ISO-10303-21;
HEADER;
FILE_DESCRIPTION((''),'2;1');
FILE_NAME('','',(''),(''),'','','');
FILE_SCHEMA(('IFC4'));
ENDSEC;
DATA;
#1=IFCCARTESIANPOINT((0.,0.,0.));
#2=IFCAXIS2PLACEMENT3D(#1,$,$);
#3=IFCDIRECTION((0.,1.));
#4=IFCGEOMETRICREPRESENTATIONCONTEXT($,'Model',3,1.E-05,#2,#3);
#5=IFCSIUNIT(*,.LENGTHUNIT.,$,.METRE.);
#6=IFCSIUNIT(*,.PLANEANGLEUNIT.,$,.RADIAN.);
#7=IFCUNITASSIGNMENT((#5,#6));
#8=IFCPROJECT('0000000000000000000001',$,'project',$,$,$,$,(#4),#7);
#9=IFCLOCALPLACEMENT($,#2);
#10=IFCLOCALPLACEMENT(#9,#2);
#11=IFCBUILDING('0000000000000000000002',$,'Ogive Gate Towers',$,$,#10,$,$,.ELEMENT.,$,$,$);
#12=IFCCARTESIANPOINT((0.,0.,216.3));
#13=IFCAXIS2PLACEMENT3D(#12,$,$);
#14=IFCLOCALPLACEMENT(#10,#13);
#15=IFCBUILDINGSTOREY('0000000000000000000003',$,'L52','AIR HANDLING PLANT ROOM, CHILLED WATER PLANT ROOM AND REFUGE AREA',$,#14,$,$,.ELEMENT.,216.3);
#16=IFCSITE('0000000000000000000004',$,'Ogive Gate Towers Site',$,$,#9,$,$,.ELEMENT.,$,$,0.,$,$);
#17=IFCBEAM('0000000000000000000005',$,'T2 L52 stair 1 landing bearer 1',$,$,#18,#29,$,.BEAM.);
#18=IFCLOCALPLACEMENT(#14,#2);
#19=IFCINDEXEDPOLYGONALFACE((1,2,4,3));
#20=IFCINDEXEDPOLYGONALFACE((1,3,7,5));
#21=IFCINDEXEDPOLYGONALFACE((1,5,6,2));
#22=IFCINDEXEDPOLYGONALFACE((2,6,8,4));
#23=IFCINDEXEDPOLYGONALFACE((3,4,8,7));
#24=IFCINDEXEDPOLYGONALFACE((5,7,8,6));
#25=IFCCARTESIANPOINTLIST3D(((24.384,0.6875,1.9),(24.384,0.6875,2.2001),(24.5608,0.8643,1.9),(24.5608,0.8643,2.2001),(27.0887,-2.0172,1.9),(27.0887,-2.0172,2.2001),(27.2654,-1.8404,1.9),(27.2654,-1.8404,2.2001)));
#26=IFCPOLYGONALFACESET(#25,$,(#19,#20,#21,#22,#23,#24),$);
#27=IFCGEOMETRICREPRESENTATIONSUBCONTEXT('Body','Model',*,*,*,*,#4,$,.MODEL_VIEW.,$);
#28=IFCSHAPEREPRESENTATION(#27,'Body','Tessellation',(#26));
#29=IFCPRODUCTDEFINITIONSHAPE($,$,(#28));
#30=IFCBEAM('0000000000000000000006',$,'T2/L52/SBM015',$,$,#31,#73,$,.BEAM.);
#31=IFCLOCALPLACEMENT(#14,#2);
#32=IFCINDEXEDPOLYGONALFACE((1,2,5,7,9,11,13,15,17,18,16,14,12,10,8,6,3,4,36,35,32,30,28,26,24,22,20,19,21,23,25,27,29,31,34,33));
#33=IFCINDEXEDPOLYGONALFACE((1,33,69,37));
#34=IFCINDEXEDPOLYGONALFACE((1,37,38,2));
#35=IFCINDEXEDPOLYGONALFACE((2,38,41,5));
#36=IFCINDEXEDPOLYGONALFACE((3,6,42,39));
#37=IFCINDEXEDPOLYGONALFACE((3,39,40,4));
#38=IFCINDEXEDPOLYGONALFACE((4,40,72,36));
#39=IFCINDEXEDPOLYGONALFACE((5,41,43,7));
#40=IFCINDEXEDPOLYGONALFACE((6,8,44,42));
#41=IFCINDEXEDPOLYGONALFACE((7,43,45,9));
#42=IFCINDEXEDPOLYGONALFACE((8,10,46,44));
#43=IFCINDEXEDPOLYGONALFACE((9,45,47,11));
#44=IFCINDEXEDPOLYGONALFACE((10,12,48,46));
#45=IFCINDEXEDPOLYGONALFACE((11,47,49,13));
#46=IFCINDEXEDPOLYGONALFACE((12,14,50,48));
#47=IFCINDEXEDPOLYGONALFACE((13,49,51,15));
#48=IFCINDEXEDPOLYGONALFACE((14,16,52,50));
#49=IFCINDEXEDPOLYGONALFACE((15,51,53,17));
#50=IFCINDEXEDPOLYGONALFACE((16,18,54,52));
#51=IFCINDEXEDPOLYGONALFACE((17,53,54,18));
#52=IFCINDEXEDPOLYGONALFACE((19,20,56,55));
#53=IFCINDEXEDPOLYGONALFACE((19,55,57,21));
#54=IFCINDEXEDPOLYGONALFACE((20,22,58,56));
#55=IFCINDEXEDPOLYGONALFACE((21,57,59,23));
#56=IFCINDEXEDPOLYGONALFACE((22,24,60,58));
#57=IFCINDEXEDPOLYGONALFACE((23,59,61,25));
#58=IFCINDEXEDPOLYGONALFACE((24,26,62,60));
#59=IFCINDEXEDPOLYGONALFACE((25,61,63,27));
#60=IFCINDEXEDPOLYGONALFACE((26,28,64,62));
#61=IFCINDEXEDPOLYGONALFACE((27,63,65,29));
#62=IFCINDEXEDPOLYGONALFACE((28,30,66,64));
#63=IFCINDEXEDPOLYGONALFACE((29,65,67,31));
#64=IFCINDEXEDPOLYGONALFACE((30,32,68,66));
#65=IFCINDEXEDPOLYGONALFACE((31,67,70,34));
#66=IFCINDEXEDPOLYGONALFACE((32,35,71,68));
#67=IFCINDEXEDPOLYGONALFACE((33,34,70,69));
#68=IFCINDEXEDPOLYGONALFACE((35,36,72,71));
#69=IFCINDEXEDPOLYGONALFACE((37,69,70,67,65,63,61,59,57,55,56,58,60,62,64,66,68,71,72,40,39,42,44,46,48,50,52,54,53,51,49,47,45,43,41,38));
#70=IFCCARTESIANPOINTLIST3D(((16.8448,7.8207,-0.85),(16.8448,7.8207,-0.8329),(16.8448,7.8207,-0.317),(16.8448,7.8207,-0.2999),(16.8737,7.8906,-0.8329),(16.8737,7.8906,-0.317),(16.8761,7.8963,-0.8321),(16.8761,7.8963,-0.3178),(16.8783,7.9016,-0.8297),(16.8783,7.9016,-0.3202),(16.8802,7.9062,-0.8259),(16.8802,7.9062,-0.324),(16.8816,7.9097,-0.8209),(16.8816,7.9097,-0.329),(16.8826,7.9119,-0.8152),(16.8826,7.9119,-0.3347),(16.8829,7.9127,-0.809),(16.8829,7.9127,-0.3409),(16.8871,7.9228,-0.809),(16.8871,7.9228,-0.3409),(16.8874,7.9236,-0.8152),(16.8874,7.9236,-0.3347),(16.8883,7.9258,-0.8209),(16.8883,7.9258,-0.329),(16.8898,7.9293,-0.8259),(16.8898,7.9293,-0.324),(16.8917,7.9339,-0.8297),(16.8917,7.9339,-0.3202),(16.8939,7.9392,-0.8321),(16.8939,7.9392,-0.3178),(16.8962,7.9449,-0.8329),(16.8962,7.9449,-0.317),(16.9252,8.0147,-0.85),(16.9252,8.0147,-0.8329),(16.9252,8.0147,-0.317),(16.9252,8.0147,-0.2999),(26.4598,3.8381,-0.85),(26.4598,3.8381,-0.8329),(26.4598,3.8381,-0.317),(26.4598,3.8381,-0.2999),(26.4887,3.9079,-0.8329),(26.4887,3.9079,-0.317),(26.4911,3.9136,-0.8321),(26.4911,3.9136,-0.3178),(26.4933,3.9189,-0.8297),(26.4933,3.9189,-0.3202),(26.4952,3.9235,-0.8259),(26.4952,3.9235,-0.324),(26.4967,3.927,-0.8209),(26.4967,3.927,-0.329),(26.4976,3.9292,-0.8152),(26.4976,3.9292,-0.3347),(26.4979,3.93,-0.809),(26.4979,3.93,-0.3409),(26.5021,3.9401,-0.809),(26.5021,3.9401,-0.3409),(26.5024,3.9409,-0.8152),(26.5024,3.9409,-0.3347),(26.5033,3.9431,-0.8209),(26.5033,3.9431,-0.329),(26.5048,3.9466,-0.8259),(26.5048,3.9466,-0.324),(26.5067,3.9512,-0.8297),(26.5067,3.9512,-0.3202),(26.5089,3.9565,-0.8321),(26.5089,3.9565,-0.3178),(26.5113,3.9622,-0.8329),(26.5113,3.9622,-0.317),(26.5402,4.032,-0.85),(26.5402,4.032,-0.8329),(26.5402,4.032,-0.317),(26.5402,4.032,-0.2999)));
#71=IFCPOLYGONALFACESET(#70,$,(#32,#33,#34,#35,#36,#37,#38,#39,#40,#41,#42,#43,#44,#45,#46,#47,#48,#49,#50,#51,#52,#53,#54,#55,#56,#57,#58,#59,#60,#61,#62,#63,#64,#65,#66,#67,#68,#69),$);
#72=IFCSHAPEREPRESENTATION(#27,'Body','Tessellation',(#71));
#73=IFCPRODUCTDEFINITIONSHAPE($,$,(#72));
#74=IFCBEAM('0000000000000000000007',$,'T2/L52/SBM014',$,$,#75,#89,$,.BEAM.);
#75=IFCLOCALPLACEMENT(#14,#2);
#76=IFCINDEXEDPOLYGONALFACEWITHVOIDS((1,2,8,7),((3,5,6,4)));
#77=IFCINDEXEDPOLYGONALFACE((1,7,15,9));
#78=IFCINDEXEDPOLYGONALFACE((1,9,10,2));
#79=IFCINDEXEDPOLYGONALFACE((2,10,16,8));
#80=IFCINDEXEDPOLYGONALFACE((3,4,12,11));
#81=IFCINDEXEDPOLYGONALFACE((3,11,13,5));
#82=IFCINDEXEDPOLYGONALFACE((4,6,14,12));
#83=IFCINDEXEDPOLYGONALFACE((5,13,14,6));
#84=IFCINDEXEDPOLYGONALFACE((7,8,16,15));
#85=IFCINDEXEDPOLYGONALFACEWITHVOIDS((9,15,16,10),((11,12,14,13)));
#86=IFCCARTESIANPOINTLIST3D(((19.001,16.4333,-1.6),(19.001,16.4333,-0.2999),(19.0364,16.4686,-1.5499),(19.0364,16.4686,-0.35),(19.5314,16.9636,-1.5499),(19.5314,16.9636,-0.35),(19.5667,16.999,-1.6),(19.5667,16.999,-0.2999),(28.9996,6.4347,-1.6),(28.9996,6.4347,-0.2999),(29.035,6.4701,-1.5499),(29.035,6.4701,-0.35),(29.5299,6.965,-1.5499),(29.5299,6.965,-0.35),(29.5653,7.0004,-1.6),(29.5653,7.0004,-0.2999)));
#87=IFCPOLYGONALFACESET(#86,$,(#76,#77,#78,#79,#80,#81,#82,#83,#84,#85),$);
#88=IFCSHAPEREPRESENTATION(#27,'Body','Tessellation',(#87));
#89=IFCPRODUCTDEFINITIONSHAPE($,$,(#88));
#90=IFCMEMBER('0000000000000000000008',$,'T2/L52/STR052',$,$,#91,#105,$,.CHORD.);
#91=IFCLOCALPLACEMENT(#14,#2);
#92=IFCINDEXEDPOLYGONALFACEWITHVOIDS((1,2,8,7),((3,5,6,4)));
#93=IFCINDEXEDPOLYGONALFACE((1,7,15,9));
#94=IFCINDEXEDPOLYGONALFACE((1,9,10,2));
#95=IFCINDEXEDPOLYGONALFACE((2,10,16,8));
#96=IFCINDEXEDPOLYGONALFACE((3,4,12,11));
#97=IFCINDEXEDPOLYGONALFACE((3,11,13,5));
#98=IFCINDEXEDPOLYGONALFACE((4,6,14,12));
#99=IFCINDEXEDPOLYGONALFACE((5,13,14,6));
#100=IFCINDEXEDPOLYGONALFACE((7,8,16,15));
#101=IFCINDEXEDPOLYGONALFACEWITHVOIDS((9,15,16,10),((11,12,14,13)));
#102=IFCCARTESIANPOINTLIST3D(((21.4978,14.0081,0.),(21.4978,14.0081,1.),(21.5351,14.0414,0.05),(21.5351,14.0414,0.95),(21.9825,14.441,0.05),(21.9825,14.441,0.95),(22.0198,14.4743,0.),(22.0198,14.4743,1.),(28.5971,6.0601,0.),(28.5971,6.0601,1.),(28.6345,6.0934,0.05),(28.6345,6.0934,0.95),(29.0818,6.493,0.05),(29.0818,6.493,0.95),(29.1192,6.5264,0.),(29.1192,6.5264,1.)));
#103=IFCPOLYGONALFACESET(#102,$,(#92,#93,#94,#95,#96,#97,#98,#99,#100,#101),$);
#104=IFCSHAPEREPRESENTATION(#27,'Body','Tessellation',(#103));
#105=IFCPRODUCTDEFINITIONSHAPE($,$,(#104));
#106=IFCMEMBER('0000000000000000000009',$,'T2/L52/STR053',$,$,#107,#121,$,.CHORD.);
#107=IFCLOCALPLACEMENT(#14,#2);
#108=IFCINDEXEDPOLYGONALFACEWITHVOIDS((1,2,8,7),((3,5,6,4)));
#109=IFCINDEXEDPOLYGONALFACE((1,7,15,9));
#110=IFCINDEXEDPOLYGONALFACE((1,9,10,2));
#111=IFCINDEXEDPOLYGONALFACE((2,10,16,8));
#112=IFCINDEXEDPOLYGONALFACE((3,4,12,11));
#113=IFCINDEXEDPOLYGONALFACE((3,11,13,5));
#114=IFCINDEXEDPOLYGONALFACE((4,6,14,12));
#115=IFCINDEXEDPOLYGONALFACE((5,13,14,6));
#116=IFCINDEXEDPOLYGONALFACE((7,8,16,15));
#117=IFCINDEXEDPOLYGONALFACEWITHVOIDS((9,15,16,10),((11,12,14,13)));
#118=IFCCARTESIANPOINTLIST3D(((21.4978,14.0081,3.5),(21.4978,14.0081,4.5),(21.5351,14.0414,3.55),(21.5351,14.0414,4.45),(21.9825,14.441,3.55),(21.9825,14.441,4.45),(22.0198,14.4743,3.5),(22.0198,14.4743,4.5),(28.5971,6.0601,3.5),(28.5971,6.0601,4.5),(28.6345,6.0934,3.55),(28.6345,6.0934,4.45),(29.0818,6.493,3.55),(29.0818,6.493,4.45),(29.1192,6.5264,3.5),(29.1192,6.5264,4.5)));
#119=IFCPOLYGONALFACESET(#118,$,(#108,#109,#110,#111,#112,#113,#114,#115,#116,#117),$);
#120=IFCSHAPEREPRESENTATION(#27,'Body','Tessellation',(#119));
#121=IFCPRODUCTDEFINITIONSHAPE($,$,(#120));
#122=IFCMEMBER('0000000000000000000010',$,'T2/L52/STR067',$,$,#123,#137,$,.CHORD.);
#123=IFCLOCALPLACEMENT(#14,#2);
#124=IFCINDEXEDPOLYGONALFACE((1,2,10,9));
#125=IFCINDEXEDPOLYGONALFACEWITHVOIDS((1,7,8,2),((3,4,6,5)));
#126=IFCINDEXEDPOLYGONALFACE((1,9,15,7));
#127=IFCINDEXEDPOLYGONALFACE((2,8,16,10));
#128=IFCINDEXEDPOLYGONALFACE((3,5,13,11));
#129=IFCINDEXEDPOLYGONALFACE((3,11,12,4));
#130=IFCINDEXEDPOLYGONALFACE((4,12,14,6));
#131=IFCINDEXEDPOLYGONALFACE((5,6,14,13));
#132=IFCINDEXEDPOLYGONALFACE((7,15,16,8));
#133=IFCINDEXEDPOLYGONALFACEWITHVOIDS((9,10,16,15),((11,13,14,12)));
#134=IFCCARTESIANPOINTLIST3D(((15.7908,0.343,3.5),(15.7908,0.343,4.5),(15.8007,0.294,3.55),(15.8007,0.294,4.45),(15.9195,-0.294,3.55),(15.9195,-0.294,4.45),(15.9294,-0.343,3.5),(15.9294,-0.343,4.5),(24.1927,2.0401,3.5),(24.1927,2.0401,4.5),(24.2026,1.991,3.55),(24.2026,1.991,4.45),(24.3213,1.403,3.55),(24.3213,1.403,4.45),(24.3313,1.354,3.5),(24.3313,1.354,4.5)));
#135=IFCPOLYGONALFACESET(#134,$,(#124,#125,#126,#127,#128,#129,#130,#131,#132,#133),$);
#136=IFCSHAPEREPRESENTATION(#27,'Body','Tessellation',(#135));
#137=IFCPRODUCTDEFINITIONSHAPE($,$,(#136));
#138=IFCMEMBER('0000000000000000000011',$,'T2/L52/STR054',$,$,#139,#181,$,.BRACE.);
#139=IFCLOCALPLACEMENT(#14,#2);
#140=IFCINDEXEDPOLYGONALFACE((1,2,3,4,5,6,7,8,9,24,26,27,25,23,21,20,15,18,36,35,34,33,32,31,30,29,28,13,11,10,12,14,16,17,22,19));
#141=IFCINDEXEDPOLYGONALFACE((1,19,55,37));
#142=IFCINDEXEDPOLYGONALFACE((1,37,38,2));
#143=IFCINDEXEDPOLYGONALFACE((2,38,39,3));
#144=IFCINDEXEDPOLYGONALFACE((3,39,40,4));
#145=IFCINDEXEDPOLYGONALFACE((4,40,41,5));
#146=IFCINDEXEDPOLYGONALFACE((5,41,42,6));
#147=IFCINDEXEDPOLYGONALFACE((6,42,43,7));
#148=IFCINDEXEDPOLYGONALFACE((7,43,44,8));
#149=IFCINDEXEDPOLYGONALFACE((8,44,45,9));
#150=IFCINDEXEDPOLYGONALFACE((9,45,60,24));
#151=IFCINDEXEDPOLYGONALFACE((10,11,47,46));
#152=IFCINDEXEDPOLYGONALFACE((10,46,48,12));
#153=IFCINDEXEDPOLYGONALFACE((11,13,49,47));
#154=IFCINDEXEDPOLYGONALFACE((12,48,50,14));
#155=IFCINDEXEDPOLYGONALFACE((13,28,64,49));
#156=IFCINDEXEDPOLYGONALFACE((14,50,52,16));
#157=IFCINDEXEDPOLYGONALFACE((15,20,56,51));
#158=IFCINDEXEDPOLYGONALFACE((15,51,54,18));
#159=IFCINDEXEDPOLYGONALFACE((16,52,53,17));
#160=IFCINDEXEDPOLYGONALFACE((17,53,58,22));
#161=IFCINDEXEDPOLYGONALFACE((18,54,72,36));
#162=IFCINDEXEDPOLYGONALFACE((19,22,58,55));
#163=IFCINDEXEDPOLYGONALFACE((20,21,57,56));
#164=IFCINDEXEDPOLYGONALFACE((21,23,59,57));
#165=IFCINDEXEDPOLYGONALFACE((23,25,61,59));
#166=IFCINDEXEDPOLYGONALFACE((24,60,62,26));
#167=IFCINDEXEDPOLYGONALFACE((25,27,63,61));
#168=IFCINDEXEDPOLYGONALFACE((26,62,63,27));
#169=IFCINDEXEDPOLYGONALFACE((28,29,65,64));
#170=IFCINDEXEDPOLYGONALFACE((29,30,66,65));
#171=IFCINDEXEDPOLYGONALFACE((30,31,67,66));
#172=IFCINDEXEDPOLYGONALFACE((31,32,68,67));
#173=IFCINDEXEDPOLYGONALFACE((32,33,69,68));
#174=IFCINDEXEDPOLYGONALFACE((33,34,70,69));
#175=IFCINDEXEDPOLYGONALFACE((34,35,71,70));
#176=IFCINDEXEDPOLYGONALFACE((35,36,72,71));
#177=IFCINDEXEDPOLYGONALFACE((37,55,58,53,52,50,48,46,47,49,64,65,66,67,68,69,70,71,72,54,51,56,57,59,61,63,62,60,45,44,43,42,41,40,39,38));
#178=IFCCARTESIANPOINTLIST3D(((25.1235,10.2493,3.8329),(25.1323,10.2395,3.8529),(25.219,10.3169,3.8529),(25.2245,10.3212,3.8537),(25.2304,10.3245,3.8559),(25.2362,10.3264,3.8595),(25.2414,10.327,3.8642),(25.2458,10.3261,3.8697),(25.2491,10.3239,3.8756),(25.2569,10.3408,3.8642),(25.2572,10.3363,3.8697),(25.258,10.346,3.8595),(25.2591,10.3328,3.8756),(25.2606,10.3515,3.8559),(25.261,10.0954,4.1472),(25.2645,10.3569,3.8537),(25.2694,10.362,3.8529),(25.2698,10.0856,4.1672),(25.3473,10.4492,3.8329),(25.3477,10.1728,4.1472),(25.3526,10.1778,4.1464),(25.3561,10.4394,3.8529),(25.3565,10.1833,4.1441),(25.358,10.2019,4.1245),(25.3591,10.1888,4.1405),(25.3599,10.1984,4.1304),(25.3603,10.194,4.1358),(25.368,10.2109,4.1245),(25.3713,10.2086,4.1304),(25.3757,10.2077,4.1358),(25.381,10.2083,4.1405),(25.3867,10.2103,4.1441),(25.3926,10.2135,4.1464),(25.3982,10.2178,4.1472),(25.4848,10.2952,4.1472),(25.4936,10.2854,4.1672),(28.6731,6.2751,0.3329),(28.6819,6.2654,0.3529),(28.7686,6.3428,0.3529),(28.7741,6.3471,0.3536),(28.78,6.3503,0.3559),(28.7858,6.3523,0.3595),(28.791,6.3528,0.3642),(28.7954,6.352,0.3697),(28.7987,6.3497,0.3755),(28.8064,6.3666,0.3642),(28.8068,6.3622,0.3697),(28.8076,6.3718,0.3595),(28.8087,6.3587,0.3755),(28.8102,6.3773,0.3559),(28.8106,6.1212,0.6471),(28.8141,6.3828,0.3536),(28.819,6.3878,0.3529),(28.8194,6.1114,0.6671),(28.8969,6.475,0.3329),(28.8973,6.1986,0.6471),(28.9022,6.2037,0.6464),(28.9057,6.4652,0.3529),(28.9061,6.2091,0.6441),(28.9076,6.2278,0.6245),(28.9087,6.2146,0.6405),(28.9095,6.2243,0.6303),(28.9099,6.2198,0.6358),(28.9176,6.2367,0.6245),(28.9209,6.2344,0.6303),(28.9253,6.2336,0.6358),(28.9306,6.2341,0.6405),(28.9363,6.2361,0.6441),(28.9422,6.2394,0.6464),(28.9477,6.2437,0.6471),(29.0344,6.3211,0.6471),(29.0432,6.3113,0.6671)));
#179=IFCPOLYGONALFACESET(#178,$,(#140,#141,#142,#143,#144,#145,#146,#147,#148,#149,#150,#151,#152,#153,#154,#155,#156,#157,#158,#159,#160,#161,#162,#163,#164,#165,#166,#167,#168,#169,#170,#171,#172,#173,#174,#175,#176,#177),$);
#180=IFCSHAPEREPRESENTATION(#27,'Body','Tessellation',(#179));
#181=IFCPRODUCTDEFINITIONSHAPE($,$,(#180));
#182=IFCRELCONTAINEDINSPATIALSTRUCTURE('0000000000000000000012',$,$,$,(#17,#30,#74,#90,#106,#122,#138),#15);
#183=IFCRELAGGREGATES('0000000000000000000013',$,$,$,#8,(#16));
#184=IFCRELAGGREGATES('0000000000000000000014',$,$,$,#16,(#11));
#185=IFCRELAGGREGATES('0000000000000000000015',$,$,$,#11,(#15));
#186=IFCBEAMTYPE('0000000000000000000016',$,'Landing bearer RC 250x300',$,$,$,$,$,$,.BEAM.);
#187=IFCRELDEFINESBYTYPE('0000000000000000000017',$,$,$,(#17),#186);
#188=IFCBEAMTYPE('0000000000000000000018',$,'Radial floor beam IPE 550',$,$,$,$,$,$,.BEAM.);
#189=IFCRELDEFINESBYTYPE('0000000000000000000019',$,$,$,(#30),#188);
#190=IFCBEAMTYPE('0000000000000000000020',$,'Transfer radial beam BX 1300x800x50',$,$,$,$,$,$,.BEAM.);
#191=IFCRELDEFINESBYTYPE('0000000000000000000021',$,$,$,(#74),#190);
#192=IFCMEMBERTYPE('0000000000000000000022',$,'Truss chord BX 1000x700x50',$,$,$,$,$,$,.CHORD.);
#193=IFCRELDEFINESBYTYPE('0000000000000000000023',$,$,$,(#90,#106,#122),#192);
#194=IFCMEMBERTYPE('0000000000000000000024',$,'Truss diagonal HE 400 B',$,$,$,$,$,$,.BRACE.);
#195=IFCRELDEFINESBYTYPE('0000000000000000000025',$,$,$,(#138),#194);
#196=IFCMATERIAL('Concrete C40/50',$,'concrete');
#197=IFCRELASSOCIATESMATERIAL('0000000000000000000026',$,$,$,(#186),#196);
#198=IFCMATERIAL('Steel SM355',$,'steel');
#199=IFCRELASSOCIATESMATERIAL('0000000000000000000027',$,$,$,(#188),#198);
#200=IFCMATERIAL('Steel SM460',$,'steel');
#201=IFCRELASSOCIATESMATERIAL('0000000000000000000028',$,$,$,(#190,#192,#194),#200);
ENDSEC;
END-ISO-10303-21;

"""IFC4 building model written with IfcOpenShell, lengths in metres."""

from ifc_helpers import new_model, si_unit, direction, frame, origin, origin_2d, place, context, subcontext, project, spatial, rectangle, hollow_rectangle, i_section, extrude, material, material_profile, profile_set, type_object, element, save


model = new_model("IFC4")

# Units and contexts
model_context = context("Model", 3, precision=1e-05, world=origin(), true_north=direction((0.0, 1.0)))
body_context = subcontext(model_context, "Body", "Model", "MODEL_VIEW")
ifc_project = project(units=[si_unit("LENGTHUNIT", "METRE"), si_unit("PLANEANGLEUNIT", "RADIAN")], contexts=[model_context])

# Site, building, storey
site_placement = place(None, origin())
site = spatial("IfcSite", under=ifc_project, at=site_placement, Name="Ogive Gate Towers Site", CompositionType="ELEMENT", RefElevation=0.0)
building_placement = place(site_placement, origin())
building = spatial("IfcBuilding", under=site, at=building_placement, Name="Ogive Gate Towers", CompositionType="ELEMENT")
storey_placement = place(building_placement, frame((0.0, 0.0, 216.3)))
storey = spatial("IfcBuildingStorey", under=building, at=storey_placement, Name="L52", Description="AIR HANDLING PLANT ROOM, CHILLED WATER PLANT ROOM AND REFUGE AREA", CompositionType="ELEMENT", Elevation=216.3)

# Beams
ifc_material_1 = material(Name="Concrete C40/50", Category="concrete")
ifc_material_profile_1 = material_profile(ifc_material_1, rectangle(XDim=0.25, YDim=0.3, at=origin_2d()), Name="RC 250x300")
ifc_profile_set_1 = profile_set([ifc_material_profile_1], Name="Concrete C40/50")
beam_type_1 = type_object("IfcBeamType", Name="Landing bearer RC 250x300", PredefinedType="BEAM", material=ifc_profile_set_1)
beam_1_placement = place(storey_placement, frame((24.4724, 0.7759, 2.05), z_axis=(0.707107, -0.707107, 0.0), x_axis=(0.707107, 0.707107, 0.0)))
element("IfcBeam", 1, at=beam_1_placement, inside=storey, type_object=beam_type_1, Name="T2 L52 stair 1 landing bearer 1", PredefinedType="BEAM", context=body_context, shape_type="SweptSolid", body=[
    extrude(rectangle(XDim=0.25, YDim=0.3, at=origin_2d()), origin(), (0.0, 0.0, 1.0), 3.825),
])
ifc_material_2 = material(Name="Steel SM355", Category="steel")
ifc_material_profile_2 = material_profile(ifc_material_2, i_section(OverallWidth=0.21, OverallDepth=0.55, WebThickness=0.011, FlangeThickness=0.0171, FilletRadius=0.0239, at=origin_2d()), Name="IPE 550")
ifc_profile_set_2 = profile_set([ifc_material_profile_2], Name="Steel SM355")
beam_type_2 = type_object("IfcBeamType", Name="Radial floor beam IPE 550", PredefinedType="BEAM", material=ifc_profile_set_2)
beam_2_placement = place(storey_placement, frame((26.5, 3.9351, -0.575), z_axis=(-0.923879, 0.382684, 0.0), x_axis=(-0.382684, -0.923879, 0.0)))
element("IfcBeam", 2, at=beam_2_placement, inside=storey, type_object=beam_type_2, Name="T2/L52/SBM015", PredefinedType="BEAM", context=body_context, shape_type="SweptSolid", body=[
    extrude(i_section(OverallWidth=0.21, OverallDepth=0.55, WebThickness=0.011, FlangeThickness=0.0171, FilletRadius=0.0239, at=origin_2d()), origin(), (0.0, 0.0, 1.0), 10.4072),
])
ifc_material_3 = material(Name="Steel SM460", Category="steel")
ifc_material_profile_3 = material_profile(ifc_material_3, hollow_rectangle(XDim=0.8, YDim=1.3, WallThickness=0.05, at=origin_2d()), Name="BX 1300x800x50")
ifc_profile_set_3 = profile_set([ifc_material_profile_3], Name="Steel SM460")
beam_type_3 = type_object("IfcBeamType", Name="Transfer radial beam BX 1300x800x50", PredefinedType="BEAM", material=ifc_profile_set_3)
beam_3_placement = place(storey_placement, frame((29.2825, 6.7175, -0.95), z_axis=(-0.707107, 0.707107, 0.0), x_axis=(-0.707107, -0.707107, 0.0)))
element("IfcBeam", 3, at=beam_3_placement, inside=storey, type_object=beam_type_3, Name="T2/L52/SBM014", PredefinedType="BEAM", context=body_context, shape_type="SweptSolid", body=[
    extrude(hollow_rectangle(XDim=0.8, YDim=1.3, WallThickness=0.05, at=origin_2d()), origin(), (0.0, 0.0, 1.0), 14.1401),
])

# Members
ifc_material_profile_4 = material_profile(ifc_material_3, hollow_rectangle(XDim=0.7, YDim=1.0, WallThickness=0.05, at=origin_2d()), Name="BX 1000x700x50")
ifc_profile_set_4 = profile_set([ifc_material_profile_4], Name="Steel SM460")
member_type_1 = type_object("IfcMemberType", Name="Truss chord BX 1000x700x50", PredefinedType="CHORD", material=ifc_profile_set_4)
for number, where, z_axis, x_axis, name in (
    (4, (28.8582, 6.2932, 0.5), (-0.666169, 0.745801, 0.0), (-0.745801, -0.666169, 0.0), "T2/L52/STR052"),
    (5, (28.8582, 6.2932, 4.0), (-0.666169, 0.745801, 0.0), (-0.745801, -0.666169, 0.0), "T2/L52/STR053"),
):
    element("IfcMember", number, at=place(storey_placement, frame(where, z_axis=z_axis, x_axis=x_axis)), inside=storey, type_object=member_type_1, Name=name, PredefinedType="CHORD", context=body_context, shape_type="SweptSolid", body=[
        extrude(hollow_rectangle(XDim=0.7, YDim=1.0, WallThickness=0.05, at=origin_2d()), origin(), (0.0, 0.0, 1.0), 10.657),
    ])
member_1_placement = place(storey_placement, frame((24.262, 1.697, 4.0), z_axis=(-0.980205, -0.197984, 0.0), x_axis=(0.197984, -0.980205, 0.0)))
element("IfcMember", 6, at=member_1_placement, inside=storey, type_object=member_type_1, Name="T2/L52/STR067", PredefinedType="CHORD", context=body_context, shape_type="SweptSolid", body=[
    extrude(hollow_rectangle(XDim=0.7, YDim=1.0, WallThickness=0.05, at=origin_2d()), origin(), (0.0, 0.0, 1.0), 8.5715),
])
ifc_material_profile_5 = material_profile(ifc_material_3, i_section(OverallWidth=0.3, OverallDepth=0.3999, WebThickness=0.0134, FlangeThickness=0.0239, FilletRadius=0.0271, at=origin_2d()), Name="HE 400 B")
ifc_profile_set_5 = profile_set([ifc_material_profile_5], Name="Steel SM460")
member_type_2 = type_object("IfcMemberType", Name="Truss diagonal HE 400 B", PredefinedType="BRACE", material=ifc_profile_set_5)
member_2_placement = place(storey_placement, frame((28.8582, 6.2932, 0.5), z_axis=(-0.556777, 0.623373, 0.549003), x_axis=(-0.745822, -0.666145, 0.0)))
element("IfcMember", 7, at=member_2_placement, inside=storey, type_object=member_type_2, Name="T2/L52/STR054", PredefinedType="BRACE", context=body_context, shape_type="SweptSolid", body=[
    extrude(i_section(OverallWidth=0.3, OverallDepth=0.3999, WebThickness=0.0134, FlangeThickness=0.0239, FilletRadius=0.0271, at=origin_2d()), origin(), (0.0, 0.0, 1.0), 6.3752),
])

save(model, "model.ifc")
